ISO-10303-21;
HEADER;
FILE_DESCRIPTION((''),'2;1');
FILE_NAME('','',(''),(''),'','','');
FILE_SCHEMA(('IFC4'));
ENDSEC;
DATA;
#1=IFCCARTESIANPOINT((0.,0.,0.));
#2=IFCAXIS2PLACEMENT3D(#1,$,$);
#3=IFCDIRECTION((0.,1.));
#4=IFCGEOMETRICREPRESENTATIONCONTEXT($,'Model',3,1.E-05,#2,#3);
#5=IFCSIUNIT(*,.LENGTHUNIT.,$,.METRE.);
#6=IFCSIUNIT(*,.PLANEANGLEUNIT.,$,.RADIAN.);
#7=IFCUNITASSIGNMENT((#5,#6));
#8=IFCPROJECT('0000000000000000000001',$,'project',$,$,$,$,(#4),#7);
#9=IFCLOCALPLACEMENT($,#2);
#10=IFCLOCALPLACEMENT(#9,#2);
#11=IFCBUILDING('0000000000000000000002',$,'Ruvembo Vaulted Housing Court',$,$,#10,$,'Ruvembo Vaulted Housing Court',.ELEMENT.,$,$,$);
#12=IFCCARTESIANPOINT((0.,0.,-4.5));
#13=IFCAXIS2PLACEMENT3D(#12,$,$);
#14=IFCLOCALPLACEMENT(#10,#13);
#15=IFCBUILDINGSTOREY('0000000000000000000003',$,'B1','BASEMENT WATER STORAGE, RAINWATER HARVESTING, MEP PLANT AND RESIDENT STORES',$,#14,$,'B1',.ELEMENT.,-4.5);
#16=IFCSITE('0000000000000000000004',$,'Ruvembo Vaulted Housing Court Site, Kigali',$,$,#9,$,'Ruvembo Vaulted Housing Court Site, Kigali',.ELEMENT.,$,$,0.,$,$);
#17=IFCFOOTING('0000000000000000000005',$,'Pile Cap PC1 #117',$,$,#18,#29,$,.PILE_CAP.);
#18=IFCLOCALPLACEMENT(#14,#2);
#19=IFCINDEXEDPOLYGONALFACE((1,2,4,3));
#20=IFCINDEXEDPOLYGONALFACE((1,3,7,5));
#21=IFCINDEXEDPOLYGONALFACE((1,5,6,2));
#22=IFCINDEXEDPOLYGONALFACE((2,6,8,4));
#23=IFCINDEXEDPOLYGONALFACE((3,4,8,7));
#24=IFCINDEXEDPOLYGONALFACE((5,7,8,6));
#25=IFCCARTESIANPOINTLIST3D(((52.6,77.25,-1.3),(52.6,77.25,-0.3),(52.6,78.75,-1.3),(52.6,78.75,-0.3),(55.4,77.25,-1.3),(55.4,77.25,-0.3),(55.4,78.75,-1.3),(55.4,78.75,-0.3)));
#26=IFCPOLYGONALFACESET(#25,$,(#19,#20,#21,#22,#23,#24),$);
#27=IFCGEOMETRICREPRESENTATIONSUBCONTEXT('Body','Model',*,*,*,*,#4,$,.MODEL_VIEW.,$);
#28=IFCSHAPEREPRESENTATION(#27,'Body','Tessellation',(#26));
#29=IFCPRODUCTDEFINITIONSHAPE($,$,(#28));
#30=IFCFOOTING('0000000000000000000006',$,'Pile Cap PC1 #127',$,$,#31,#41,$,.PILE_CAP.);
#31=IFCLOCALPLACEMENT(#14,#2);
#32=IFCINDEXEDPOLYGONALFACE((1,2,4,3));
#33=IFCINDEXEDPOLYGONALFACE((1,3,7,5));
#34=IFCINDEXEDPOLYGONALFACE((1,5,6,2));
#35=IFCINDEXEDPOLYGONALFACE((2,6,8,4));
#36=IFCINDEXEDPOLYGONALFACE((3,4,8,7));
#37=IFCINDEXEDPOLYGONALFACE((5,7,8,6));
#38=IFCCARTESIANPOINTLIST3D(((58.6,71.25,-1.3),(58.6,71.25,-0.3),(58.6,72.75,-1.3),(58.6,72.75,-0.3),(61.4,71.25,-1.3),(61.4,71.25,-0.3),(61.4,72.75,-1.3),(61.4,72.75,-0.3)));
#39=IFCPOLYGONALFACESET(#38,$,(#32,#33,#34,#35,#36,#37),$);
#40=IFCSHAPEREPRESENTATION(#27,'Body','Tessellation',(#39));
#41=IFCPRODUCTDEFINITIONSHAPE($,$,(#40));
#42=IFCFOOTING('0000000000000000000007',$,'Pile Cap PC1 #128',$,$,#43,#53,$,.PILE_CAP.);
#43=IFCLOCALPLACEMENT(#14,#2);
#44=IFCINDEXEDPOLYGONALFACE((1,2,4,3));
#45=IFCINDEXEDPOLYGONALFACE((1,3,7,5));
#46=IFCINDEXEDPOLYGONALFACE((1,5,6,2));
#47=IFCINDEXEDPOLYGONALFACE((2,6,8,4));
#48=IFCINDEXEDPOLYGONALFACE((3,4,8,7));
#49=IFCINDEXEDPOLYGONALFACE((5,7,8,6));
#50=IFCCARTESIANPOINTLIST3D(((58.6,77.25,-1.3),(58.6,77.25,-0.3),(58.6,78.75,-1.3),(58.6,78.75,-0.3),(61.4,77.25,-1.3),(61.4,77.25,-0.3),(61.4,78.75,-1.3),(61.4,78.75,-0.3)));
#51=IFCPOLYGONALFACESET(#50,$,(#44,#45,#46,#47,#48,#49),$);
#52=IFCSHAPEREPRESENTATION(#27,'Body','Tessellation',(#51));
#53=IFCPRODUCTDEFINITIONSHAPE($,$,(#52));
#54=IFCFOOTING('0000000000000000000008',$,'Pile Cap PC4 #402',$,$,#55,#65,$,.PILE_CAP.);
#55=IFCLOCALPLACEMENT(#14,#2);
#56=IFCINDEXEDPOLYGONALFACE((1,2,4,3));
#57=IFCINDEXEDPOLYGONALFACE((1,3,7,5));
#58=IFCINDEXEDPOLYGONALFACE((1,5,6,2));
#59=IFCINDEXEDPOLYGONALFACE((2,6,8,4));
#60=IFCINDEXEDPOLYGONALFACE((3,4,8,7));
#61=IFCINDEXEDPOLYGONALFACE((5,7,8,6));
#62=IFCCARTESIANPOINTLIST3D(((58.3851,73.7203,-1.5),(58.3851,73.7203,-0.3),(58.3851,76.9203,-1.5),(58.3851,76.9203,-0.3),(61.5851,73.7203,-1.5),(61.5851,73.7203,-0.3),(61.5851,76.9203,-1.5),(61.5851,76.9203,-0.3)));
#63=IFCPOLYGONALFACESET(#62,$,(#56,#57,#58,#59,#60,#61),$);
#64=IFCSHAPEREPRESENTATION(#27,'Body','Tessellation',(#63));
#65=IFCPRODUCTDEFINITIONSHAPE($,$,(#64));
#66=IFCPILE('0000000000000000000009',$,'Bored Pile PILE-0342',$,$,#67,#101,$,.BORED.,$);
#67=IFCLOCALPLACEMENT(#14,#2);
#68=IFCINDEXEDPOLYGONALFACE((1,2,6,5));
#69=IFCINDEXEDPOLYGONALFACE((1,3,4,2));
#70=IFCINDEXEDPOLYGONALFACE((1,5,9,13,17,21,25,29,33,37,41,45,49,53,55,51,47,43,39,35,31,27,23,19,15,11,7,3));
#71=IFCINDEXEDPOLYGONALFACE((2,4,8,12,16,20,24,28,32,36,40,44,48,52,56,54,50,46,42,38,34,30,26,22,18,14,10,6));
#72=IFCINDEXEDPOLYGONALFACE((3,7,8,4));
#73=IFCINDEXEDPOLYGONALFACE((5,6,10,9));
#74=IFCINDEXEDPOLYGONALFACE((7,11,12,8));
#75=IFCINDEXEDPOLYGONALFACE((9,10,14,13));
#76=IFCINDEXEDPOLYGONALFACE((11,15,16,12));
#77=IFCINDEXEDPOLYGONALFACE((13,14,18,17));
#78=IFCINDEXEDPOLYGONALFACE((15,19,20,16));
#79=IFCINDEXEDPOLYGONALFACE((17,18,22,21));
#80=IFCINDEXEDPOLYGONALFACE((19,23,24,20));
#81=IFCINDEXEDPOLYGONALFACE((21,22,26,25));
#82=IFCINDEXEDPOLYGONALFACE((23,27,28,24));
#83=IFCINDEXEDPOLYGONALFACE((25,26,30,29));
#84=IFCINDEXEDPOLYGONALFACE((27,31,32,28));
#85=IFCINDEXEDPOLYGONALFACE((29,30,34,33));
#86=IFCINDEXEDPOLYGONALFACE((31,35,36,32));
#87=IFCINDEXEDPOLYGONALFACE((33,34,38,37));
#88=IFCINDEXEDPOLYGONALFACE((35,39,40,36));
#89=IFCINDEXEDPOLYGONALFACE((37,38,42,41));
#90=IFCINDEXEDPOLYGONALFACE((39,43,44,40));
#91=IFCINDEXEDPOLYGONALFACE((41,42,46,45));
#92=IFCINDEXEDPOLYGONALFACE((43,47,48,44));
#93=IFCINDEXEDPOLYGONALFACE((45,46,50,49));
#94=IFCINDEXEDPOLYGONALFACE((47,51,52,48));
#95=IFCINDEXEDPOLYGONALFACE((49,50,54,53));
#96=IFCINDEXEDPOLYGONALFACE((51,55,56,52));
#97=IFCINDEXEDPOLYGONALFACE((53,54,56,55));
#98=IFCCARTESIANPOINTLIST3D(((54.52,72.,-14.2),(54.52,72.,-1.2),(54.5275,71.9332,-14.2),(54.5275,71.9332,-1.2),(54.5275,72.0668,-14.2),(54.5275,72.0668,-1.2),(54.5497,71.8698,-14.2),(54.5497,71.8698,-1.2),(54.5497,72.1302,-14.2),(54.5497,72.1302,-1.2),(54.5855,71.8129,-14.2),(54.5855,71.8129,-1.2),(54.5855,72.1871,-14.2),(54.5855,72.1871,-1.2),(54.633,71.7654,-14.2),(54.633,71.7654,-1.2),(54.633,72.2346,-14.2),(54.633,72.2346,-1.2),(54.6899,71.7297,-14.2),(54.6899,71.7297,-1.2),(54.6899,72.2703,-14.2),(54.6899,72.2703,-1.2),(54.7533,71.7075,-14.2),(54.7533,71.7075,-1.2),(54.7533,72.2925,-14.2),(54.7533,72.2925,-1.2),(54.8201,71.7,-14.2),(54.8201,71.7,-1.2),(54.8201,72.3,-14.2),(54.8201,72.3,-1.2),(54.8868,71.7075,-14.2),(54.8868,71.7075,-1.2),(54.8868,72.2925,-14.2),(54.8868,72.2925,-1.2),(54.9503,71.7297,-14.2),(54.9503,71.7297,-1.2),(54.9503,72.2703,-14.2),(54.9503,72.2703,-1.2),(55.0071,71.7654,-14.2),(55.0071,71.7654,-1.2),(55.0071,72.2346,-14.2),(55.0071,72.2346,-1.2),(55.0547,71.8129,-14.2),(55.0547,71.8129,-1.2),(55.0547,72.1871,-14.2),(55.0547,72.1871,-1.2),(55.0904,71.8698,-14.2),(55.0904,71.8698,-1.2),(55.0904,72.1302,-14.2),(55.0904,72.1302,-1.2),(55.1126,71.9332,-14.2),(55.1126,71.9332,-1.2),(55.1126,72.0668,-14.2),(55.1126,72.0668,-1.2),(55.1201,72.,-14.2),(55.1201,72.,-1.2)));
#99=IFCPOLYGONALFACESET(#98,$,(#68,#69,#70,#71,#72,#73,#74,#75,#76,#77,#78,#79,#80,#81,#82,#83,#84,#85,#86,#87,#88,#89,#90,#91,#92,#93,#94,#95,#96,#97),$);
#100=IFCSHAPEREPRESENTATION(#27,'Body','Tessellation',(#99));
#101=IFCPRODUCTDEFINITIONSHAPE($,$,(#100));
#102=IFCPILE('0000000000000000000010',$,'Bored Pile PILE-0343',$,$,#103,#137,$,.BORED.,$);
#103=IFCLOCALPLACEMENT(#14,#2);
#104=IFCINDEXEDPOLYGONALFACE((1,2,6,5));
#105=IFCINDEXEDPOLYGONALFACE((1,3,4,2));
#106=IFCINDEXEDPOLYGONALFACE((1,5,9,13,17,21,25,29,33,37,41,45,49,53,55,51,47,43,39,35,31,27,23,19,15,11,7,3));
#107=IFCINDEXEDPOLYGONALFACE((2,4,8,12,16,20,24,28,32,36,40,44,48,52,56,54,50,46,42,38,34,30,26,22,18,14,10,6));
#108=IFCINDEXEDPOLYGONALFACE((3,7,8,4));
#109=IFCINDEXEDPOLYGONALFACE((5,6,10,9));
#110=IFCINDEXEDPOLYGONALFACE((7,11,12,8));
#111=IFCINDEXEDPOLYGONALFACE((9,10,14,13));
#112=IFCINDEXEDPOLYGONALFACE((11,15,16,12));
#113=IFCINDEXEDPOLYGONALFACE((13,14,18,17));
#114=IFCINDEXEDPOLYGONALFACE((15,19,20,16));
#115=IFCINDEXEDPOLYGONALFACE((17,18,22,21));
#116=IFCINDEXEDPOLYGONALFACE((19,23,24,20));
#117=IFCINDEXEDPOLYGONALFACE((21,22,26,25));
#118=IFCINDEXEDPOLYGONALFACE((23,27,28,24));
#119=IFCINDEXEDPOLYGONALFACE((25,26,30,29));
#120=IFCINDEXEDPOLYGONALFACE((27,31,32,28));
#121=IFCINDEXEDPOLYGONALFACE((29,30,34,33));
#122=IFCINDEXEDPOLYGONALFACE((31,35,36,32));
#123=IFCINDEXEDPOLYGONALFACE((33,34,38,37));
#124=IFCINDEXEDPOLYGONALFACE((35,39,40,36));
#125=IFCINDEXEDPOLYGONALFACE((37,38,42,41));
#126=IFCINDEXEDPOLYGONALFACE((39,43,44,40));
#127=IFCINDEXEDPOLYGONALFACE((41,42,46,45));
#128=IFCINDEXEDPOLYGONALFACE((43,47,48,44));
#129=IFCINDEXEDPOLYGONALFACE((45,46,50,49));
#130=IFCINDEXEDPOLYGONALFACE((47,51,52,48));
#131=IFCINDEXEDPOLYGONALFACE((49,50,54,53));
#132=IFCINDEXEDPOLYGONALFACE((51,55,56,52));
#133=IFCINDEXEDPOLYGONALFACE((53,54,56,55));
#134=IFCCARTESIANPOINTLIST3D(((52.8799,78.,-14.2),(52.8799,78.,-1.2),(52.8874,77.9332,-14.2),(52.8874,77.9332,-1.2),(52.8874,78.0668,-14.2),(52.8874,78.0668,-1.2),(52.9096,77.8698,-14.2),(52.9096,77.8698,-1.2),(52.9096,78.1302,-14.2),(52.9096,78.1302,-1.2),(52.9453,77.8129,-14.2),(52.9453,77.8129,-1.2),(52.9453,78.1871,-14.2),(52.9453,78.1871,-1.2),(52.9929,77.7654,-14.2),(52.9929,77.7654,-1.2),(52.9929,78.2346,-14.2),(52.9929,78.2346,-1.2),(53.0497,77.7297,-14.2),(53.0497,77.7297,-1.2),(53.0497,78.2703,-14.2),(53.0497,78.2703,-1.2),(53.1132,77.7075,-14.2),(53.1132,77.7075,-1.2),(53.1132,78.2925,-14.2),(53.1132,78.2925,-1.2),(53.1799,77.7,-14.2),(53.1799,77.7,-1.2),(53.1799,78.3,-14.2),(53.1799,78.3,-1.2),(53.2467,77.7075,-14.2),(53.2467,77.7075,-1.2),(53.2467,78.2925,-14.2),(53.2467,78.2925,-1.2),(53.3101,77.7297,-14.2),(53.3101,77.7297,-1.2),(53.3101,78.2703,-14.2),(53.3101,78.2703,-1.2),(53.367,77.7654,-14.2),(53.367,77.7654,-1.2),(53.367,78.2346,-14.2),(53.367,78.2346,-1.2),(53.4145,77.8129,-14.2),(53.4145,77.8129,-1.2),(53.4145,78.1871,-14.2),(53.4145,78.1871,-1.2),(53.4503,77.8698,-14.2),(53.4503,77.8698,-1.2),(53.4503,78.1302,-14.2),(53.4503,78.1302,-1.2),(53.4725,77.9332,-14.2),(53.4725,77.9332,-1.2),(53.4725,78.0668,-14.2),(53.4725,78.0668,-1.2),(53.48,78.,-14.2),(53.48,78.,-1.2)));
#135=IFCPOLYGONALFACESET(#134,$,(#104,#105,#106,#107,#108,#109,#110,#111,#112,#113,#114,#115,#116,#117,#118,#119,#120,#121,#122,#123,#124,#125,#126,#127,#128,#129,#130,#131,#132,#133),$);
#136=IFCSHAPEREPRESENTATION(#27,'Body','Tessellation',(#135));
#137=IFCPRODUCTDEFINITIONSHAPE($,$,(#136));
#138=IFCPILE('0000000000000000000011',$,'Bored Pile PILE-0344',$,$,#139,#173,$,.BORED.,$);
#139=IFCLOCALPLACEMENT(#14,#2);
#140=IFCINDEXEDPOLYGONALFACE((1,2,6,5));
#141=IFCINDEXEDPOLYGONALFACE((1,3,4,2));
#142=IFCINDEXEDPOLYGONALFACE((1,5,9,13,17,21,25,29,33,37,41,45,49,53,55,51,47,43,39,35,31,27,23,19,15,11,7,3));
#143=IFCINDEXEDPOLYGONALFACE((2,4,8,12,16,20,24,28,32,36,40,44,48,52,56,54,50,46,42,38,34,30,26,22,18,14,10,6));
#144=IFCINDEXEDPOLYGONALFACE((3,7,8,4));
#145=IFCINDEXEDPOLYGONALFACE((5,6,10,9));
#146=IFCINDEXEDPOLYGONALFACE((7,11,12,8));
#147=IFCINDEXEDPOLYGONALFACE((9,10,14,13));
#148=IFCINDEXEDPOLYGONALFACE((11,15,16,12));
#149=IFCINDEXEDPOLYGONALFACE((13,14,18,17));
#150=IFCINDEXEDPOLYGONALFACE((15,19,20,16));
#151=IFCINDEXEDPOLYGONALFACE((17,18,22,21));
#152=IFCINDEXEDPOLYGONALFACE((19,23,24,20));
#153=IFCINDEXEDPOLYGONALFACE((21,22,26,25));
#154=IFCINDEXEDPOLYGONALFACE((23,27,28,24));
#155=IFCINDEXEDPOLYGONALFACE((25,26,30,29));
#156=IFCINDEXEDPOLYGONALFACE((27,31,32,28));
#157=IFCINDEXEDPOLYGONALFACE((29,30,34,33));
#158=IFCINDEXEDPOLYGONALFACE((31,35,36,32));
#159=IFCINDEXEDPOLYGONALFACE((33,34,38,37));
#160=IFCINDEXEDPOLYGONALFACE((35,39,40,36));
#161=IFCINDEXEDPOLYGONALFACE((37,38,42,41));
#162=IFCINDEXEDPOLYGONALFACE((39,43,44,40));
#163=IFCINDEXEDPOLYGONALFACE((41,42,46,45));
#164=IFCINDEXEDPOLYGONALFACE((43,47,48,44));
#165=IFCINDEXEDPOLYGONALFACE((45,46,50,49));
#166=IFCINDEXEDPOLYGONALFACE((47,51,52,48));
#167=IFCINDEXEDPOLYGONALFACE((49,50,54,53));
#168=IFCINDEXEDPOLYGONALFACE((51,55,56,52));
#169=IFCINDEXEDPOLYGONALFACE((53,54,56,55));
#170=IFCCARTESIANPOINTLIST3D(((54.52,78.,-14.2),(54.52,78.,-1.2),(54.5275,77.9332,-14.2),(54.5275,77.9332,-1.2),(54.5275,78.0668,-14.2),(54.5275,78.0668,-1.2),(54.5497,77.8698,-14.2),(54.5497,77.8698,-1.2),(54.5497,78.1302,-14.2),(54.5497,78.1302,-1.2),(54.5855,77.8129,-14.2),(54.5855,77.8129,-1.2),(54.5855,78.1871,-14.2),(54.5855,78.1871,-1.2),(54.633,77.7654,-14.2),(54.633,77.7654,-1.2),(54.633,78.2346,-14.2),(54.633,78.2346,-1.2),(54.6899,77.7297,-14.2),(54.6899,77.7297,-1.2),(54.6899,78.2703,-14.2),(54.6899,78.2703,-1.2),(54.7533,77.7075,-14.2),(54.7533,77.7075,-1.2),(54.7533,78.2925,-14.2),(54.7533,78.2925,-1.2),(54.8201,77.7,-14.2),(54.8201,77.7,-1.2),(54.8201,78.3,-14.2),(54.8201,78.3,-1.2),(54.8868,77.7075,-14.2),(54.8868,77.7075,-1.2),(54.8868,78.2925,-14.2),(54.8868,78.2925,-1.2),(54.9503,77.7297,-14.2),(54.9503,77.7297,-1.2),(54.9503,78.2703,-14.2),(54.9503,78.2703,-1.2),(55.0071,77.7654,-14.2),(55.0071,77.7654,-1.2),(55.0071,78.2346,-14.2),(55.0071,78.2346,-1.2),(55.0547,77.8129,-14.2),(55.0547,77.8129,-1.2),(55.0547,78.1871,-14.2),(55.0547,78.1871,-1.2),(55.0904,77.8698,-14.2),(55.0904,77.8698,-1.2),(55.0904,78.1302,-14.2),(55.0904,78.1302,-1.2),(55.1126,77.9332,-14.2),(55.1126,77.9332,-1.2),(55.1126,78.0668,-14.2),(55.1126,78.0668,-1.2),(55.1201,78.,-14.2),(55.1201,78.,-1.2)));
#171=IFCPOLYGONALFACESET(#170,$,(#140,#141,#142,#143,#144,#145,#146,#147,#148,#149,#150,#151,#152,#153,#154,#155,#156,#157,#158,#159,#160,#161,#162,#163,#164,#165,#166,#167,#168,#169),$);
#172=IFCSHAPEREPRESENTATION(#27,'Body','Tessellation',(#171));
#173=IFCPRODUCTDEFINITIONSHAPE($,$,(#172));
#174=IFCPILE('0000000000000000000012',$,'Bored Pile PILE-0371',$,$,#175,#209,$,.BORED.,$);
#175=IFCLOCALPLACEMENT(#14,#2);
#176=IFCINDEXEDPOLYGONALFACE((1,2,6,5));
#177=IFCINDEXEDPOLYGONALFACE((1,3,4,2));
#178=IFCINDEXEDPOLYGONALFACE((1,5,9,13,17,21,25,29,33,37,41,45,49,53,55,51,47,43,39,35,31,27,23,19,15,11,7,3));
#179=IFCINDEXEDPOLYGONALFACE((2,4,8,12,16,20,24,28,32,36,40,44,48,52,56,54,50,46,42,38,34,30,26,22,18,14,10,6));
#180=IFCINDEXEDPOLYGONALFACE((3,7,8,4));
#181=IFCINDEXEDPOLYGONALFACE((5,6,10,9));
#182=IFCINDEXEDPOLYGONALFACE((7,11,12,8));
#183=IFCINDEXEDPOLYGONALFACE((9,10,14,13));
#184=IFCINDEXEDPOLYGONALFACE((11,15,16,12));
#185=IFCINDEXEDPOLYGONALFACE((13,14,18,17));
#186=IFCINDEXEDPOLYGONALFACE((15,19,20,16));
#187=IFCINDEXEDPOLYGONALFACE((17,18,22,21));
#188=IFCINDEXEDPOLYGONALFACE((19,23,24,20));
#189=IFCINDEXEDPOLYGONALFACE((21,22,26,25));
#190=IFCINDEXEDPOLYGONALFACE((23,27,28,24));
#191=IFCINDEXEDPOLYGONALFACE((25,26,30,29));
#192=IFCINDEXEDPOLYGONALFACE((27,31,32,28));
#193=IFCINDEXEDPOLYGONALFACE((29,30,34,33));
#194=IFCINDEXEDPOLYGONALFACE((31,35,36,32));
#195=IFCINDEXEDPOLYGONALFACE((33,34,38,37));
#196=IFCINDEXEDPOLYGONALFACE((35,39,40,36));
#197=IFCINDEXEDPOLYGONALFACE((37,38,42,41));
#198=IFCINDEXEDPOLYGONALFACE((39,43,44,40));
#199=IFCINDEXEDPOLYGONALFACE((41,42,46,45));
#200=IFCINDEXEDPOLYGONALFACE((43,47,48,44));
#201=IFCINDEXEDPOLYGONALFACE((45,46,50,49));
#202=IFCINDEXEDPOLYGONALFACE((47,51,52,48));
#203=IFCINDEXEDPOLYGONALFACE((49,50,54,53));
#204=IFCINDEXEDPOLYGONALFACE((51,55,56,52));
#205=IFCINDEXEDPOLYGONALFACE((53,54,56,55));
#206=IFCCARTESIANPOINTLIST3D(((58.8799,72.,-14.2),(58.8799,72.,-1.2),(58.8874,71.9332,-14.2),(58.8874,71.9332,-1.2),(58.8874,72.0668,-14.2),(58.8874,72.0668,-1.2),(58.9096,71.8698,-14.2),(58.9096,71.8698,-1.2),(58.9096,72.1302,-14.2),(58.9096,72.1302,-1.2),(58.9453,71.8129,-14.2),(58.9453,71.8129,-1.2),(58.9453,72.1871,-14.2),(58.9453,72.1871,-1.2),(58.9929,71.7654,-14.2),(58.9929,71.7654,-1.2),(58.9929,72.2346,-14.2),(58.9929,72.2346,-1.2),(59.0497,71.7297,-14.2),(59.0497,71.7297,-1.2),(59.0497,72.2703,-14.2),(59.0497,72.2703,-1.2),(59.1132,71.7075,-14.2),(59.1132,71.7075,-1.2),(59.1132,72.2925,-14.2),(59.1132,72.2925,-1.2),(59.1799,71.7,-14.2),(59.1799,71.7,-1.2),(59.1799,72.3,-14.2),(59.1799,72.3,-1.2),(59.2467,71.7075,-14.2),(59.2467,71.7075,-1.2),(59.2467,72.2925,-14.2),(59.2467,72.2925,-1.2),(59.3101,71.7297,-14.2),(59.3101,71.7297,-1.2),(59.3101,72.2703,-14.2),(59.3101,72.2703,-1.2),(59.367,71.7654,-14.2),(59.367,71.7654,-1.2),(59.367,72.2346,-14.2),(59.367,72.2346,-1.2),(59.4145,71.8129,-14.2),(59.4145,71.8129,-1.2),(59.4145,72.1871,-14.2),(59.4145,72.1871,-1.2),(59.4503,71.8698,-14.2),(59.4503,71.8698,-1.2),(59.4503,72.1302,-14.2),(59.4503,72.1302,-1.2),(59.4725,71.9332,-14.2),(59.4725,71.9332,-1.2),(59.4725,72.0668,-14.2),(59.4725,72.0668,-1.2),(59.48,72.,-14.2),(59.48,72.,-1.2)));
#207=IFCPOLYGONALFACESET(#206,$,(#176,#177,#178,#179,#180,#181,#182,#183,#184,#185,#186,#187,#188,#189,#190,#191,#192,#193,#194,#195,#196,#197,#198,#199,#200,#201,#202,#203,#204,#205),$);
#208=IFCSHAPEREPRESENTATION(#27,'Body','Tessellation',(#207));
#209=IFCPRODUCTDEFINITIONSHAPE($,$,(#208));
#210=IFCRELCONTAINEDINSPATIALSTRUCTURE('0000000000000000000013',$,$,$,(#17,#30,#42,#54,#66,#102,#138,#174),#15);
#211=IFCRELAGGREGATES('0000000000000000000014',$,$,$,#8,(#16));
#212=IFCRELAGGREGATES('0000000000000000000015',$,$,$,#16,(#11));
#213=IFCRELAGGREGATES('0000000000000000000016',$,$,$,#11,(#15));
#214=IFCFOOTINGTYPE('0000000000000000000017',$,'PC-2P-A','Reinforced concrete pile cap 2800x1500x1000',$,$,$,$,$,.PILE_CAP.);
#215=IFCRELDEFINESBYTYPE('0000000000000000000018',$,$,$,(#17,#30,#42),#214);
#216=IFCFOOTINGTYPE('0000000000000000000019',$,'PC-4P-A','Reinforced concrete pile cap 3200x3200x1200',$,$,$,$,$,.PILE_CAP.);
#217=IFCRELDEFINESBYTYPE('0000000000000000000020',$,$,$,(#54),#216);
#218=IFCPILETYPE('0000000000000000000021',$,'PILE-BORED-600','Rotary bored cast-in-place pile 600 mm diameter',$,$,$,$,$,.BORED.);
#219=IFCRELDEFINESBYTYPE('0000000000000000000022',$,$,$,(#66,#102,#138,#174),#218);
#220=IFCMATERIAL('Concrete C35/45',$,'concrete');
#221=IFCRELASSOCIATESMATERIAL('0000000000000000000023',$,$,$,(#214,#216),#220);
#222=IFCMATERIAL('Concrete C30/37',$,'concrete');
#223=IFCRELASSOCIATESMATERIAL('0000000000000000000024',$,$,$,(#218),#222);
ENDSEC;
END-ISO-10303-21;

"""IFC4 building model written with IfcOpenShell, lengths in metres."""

from ifc_helpers import new_model, si_unit, direction, frame, origin, origin_2d, place, context, subcontext, project, spatial, rectangle, circle, extrude, material, material_profile, profile_set, type_object, element, save


model = new_model("IFC4")

# Units and contexts
model_context = context("Model", 3, precision=1e-05, world=origin(), true_north=direction((0.0, 1.0)))
body_context = subcontext(model_context, "Body", "Model", "MODEL_VIEW")
ifc_project = project(units=[si_unit("LENGTHUNIT", "METRE"), si_unit("PLANEANGLEUNIT", "RADIAN")], contexts=[model_context])

# Site, building, storey
site_placement = place(None, origin())
site = spatial("IfcSite", under=ifc_project, at=site_placement, Name="Ruvembo Vaulted Housing Court Site, Kigali", LongName="Ruvembo Vaulted Housing Court Site, Kigali", CompositionType="ELEMENT", RefElevation=0.0)
building_placement = place(site_placement, origin())
building = spatial("IfcBuilding", under=site, at=building_placement, Name="Ruvembo Vaulted Housing Court", LongName="Ruvembo Vaulted Housing Court", CompositionType="ELEMENT")
storey_placement = place(building_placement, frame((0.0, 0.0, -4.5)))
storey = spatial("IfcBuildingStorey", under=building, at=storey_placement, Name="B1", Description="BASEMENT WATER STORAGE, RAINWATER HARVESTING, MEP PLANT AND RESIDENT STORES", LongName="B1", CompositionType="ELEMENT", Elevation=-4.5)

# Footings
ifc_material_1 = material(Name="Concrete C35/45", Category="concrete")
footing_type_1 = type_object("IfcFootingType", Name="PC-2P-A", Description="Reinforced concrete pile cap 2800x1500x1000", PredefinedType="PILE_CAP", material=ifc_material_1)
for number, where, z_axis, x_axis, name in (
    (1, (54.0, 78.0, -1.3), (0.0, 0.0, 1.0), (1.0, 0.0, 0.0), "Pile Cap PC1 #117"),
    (2, (60.0, 72.0, -1.3), (0.0, 0.0, 1.0), (1.0, 0.0, 0.0), "Pile Cap PC1 #127"),
    (3, (60.0, 78.0, -1.3), (0.0, 0.0, 1.0), (1.0, 0.0, 0.0), "Pile Cap PC1 #128"),
):
    element("IfcFooting", number, at=place(storey_placement, frame(where, z_axis=z_axis, x_axis=x_axis)), inside=storey, type_object=footing_type_1, Name=name, PredefinedType="PILE_CAP", context=body_context, shape_type="SweptSolid", body=[
        extrude(rectangle(XDim=2.8, YDim=1.5, at=origin_2d()), origin(), (0.0, 0.0, 1.0), 1.0),
    ])
footing_type_2 = type_object("IfcFootingType", Name="PC-4P-A", Description="Reinforced concrete pile cap 3200x3200x1200", PredefinedType="PILE_CAP", material=ifc_material_1)
footing_placement = place(storey_placement, frame((59.9851, 75.3203, -1.5), z_axis=(0.0, 0.0, 1.0), x_axis=(1.0, 0.0, 0.0)))
element("IfcFooting", 4, at=footing_placement, inside=storey, type_object=footing_type_2, Name="Pile Cap PC4 #402", PredefinedType="PILE_CAP", context=body_context, shape_type="SweptSolid", body=[
    extrude(rectangle(XDim=3.2, YDim=3.2, at=origin_2d()), origin(), (0.0, 0.0, 1.0), 1.2),
])

# Piles
ifc_material_2 = material(Name="Concrete C30/37", Category="concrete")
ifc_material_profile_1 = material_profile(ifc_material_2, circle(Radius=0.3, at=origin_2d()), Name="PILE D600")
ifc_profile_set_1 = profile_set([ifc_material_profile_1], Name="Concrete C30/37")
pile_type_1 = type_object("IfcPileType", Name="PILE-BORED-600", Description="Rotary bored cast-in-place pile 600 mm diameter", PredefinedType="BORED", material=ifc_profile_set_1)
for number, where, z_axis, x_axis, name in (
    (5, (54.8201, 72.0, -1.2), (0.0, 0.0, -1.0), (1.0, 0.0, 0.0), "Bored Pile PILE-0342"),
    (6, (53.1799, 78.0, -1.2), (0.0, 0.0, -1.0), (1.0, 0.0, 0.0), "Bored Pile PILE-0343"),
    (7, (54.8201, 78.0, -1.2), (0.0, 0.0, -1.0), (1.0, 0.0, 0.0), "Bored Pile PILE-0344"),
    (8, (59.1799, 72.0, -1.2), (0.0, 0.0, -1.0), (1.0, 0.0, 0.0), "Bored Pile PILE-0371"),
):
    element("IfcPile", number, at=place(storey_placement, frame(where, z_axis=z_axis, x_axis=x_axis)), inside=storey, type_object=pile_type_1, Name=name, PredefinedType="BORED", context=body_context, shape_type="SweptSolid", body=[
        extrude(circle(Radius=0.3, at=origin_2d()), origin(), (0.0, 0.0, 1.0), 13.0),
    ])

save(model, "model.ifc")
